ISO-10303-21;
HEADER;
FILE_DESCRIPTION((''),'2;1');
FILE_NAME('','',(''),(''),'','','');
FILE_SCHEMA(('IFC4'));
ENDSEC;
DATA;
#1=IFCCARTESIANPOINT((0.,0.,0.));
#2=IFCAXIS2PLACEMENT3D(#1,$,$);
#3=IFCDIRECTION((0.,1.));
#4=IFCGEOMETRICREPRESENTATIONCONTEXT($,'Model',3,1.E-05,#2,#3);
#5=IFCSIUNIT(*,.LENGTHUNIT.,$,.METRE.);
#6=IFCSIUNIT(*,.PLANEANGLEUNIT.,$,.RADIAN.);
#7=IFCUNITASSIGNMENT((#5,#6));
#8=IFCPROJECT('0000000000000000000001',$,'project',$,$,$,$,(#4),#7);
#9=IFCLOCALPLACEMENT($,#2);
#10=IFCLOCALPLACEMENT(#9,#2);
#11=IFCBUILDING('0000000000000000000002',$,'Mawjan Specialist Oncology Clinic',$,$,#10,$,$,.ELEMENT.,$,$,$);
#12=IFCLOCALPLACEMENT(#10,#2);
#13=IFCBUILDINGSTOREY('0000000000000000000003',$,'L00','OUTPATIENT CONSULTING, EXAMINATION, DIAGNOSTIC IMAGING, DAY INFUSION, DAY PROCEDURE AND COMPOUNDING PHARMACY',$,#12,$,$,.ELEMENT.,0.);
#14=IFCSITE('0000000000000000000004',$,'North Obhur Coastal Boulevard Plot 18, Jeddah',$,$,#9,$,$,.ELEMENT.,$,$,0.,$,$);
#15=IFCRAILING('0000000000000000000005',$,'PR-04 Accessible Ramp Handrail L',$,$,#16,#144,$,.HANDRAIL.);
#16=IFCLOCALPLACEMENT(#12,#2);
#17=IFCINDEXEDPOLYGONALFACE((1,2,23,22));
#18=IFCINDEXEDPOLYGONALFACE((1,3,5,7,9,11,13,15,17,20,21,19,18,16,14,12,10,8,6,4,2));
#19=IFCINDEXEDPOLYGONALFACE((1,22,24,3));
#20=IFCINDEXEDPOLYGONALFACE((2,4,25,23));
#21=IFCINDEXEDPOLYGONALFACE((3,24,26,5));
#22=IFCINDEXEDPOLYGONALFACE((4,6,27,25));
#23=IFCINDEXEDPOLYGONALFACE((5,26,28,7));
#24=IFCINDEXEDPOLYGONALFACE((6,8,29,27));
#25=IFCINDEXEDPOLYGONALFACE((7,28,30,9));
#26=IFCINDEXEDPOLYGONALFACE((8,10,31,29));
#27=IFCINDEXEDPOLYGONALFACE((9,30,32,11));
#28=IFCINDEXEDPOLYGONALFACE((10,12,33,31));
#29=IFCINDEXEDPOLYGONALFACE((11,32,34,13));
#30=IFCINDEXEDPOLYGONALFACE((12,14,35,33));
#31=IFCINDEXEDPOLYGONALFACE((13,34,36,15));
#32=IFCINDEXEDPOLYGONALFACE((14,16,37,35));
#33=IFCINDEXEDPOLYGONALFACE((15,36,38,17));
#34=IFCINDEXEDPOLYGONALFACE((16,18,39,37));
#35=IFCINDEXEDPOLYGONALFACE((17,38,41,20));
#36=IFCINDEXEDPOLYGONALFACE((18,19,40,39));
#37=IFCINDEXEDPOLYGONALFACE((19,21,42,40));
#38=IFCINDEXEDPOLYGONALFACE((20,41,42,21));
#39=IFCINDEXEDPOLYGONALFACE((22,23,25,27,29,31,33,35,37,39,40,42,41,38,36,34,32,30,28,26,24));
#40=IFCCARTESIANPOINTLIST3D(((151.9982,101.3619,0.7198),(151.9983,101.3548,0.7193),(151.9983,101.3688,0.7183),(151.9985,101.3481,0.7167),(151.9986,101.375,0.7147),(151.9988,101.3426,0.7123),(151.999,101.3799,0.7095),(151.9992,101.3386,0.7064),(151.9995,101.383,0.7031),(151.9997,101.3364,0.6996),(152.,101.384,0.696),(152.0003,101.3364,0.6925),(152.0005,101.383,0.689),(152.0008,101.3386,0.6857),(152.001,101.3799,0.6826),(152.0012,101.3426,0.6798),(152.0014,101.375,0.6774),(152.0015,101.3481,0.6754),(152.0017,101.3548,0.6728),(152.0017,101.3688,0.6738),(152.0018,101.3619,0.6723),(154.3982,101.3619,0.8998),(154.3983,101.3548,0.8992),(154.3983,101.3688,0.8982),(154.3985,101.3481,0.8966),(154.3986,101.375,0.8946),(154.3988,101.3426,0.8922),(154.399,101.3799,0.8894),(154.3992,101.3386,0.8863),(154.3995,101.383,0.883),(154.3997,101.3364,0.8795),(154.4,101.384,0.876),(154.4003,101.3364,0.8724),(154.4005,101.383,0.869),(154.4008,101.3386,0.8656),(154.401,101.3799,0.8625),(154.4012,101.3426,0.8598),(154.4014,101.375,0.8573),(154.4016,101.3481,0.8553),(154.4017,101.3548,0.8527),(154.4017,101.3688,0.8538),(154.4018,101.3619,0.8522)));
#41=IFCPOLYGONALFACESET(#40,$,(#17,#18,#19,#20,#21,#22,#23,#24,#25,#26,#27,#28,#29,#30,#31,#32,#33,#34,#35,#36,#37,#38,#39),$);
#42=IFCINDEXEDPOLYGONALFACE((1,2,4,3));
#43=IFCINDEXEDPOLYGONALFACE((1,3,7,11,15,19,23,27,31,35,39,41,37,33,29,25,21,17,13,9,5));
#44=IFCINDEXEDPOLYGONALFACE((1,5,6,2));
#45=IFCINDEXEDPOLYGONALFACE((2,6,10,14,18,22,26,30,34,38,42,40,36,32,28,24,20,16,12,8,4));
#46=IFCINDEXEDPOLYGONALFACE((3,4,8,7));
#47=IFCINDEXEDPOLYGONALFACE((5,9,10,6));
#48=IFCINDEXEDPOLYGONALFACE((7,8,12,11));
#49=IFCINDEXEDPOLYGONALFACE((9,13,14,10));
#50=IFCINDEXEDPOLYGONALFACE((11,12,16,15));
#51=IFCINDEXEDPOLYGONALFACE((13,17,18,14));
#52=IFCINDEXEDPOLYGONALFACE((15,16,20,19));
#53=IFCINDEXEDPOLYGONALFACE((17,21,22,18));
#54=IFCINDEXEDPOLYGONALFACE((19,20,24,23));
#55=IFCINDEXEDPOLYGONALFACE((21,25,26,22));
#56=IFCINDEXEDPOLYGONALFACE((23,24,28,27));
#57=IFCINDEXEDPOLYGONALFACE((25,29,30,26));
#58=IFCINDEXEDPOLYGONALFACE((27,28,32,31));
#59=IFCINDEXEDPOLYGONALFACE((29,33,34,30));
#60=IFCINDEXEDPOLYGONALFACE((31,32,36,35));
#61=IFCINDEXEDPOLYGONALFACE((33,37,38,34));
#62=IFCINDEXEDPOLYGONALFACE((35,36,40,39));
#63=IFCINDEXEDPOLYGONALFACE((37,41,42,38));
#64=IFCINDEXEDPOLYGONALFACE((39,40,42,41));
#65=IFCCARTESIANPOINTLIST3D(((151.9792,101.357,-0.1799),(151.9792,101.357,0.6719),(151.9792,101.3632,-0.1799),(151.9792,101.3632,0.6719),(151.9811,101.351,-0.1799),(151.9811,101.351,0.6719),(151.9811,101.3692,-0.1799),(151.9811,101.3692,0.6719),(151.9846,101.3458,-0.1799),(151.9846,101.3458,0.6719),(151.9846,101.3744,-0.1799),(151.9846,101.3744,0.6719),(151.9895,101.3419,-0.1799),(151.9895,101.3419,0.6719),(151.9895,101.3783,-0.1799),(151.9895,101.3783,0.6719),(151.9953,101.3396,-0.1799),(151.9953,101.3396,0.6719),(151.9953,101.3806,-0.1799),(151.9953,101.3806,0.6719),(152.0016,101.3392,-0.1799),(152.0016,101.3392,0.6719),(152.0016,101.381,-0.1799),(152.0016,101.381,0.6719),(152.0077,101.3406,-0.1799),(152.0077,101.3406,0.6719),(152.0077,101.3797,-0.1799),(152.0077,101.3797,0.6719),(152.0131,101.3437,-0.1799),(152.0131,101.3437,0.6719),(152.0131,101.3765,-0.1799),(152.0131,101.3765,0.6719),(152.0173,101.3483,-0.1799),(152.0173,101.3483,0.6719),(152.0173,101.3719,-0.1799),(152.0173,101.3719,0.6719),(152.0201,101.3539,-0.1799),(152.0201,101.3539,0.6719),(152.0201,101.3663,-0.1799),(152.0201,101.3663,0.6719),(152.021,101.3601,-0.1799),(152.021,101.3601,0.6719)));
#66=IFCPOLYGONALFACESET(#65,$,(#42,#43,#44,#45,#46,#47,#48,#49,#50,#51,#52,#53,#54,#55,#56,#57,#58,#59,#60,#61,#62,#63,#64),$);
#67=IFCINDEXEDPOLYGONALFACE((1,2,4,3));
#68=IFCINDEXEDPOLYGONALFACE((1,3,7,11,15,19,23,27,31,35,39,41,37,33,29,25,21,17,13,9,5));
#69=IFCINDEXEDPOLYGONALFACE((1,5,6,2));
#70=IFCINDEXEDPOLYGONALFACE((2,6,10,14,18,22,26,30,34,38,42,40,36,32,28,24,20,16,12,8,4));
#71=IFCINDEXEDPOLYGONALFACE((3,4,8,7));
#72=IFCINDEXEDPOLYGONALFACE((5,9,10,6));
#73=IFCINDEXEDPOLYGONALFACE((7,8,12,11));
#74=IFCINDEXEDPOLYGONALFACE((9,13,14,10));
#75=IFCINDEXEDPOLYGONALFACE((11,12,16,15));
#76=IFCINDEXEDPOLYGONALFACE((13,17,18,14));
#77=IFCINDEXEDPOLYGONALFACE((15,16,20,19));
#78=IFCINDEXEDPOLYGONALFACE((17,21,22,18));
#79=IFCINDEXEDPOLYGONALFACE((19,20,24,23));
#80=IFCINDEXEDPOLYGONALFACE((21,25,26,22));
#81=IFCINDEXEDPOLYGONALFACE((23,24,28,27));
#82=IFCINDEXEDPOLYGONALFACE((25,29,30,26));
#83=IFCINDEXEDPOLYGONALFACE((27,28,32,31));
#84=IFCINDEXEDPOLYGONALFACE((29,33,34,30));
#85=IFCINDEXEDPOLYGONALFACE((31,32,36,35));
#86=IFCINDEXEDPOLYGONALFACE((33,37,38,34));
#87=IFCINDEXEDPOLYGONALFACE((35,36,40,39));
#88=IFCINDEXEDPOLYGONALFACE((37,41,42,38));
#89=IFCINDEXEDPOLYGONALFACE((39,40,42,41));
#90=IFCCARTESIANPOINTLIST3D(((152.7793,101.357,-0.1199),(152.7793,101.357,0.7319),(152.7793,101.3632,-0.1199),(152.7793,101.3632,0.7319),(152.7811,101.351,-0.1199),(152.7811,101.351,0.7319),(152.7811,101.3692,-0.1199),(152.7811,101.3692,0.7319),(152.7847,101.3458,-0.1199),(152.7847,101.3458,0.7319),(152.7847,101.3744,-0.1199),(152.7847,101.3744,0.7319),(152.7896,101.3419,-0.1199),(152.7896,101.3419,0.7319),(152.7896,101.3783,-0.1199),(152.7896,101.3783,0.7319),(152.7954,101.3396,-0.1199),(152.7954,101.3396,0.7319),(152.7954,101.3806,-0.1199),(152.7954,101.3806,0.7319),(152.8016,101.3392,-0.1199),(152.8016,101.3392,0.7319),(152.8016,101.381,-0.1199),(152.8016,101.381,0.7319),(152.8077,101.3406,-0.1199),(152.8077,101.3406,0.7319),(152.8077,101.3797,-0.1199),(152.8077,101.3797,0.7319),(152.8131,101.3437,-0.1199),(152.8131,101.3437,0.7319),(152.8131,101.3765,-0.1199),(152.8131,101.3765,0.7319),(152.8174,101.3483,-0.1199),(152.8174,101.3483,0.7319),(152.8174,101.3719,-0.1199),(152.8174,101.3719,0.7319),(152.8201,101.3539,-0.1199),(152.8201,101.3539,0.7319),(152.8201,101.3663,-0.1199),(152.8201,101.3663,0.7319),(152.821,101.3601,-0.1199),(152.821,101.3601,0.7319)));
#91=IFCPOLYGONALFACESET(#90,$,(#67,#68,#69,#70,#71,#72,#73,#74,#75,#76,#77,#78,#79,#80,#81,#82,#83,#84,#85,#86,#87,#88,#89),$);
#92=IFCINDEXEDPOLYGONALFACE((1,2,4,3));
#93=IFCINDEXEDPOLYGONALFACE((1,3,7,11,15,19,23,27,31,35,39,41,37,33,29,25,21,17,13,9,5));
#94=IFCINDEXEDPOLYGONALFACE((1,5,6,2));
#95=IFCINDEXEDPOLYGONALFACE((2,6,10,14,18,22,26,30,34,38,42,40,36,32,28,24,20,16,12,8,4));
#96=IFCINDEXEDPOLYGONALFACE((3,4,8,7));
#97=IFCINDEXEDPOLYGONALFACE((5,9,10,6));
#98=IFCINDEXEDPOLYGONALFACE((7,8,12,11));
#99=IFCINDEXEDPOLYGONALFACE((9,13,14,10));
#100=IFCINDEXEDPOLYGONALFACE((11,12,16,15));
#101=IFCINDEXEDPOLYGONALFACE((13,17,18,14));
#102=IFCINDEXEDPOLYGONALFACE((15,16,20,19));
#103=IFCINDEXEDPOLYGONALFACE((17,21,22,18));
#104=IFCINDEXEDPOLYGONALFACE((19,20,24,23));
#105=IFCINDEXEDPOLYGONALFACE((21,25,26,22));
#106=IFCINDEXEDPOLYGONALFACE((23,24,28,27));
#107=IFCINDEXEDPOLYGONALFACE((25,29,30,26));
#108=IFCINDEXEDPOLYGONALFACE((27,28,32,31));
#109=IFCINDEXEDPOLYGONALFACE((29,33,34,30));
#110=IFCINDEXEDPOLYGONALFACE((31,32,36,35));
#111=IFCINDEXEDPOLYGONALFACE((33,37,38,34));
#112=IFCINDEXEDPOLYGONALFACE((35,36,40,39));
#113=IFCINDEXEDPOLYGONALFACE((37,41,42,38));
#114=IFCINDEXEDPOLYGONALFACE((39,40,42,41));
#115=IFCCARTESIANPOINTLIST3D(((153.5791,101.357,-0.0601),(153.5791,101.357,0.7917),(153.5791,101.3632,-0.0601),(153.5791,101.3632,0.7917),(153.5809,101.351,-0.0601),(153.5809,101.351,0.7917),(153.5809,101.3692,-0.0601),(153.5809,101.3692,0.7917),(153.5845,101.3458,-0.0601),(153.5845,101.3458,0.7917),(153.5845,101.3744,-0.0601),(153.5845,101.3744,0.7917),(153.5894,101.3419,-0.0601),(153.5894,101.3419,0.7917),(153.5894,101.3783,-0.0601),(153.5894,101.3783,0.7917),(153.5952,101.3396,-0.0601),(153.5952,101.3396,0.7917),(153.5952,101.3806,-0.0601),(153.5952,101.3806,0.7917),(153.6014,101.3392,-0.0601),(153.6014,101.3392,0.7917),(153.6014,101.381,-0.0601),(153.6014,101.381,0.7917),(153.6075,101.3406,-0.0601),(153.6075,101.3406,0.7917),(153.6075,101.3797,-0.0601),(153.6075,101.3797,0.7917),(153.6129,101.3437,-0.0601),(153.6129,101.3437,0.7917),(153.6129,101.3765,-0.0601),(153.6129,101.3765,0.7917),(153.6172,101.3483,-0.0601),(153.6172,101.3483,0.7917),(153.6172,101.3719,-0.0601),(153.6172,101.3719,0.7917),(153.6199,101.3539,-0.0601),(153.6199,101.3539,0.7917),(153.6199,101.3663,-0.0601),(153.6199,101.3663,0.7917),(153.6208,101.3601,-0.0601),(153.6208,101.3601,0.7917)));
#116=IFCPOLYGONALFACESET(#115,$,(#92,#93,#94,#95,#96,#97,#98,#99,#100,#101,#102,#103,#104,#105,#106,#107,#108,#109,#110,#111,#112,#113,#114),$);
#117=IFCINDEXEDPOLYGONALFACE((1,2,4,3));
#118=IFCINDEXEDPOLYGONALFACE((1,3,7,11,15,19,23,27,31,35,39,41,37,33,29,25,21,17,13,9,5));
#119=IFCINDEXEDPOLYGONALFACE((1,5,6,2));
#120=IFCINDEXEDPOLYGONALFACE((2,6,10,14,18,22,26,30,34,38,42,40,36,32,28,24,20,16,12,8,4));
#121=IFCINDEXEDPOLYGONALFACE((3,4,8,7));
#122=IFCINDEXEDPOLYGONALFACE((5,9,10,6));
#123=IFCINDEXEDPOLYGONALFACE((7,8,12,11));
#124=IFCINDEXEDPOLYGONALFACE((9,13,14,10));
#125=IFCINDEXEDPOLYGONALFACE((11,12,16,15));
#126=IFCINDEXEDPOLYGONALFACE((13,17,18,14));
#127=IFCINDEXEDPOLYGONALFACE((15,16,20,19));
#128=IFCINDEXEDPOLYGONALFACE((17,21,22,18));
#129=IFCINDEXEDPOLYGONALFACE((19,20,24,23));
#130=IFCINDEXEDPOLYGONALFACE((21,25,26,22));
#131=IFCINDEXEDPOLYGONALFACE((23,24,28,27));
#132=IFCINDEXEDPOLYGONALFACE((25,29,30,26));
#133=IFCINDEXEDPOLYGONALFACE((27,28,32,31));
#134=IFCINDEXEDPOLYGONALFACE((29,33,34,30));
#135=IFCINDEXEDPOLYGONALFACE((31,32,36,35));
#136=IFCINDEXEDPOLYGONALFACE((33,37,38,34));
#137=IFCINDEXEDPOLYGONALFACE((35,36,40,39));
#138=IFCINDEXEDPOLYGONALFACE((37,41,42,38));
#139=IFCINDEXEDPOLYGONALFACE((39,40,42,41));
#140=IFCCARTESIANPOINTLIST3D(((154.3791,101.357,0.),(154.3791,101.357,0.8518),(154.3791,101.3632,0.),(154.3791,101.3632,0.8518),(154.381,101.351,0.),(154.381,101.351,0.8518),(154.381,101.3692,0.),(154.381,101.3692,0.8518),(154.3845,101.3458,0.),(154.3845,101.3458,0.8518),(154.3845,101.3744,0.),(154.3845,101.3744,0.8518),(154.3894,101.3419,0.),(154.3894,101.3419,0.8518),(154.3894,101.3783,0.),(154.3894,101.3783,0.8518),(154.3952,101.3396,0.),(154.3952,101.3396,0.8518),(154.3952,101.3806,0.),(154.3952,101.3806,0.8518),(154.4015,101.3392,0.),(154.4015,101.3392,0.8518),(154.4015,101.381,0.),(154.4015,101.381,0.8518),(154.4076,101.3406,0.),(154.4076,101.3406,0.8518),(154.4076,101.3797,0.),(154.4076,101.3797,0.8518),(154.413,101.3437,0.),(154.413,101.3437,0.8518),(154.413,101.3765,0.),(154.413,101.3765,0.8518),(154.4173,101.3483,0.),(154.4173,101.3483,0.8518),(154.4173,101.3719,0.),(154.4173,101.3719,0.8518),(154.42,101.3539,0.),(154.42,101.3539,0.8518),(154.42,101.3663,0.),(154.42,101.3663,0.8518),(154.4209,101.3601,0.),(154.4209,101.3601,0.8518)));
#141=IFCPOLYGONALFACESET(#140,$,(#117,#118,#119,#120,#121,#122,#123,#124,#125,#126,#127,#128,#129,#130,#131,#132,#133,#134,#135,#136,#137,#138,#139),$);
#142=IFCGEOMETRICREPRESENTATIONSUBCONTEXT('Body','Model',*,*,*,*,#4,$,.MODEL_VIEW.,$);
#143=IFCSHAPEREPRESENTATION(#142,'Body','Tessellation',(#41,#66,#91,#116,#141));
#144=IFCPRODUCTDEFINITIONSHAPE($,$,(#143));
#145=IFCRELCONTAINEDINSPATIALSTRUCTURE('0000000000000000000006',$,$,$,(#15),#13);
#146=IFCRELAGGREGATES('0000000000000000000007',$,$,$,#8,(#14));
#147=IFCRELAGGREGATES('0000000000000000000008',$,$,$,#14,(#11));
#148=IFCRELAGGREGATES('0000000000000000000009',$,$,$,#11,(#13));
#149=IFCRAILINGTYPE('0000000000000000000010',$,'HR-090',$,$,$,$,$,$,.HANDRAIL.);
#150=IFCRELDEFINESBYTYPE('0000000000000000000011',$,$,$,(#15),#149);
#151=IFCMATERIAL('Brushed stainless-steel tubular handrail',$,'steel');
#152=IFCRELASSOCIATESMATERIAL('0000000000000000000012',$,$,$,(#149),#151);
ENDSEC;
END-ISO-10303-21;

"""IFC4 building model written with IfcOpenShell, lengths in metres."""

from ifc_helpers import new_model, si_unit, direction, frame, origin, origin_2d, place, context, subcontext, project, spatial, circle, extrude, material, type_object, element, save


model = new_model("IFC4")

# Units and contexts
model_context = context("Model", 3, precision=1e-05, world=origin(), true_north=direction((0.0, 1.0)))
body_context = subcontext(model_context, "Body", "Model", "MODEL_VIEW")
ifc_project = project(units=[si_unit("LENGTHUNIT", "METRE"), si_unit("PLANEANGLEUNIT", "RADIAN")], contexts=[model_context])

# Site, building, storey
site_placement = place(None, origin())
site = spatial("IfcSite", under=ifc_project, at=site_placement, Name="North Obhur Coastal Boulevard Plot 18, Jeddah", CompositionType="ELEMENT", RefElevation=0.0)
building_placement = place(site_placement, origin())
building = spatial("IfcBuilding", under=site, at=building_placement, Name="Mawjan Specialist Oncology Clinic", CompositionType="ELEMENT")
storey_placement = place(building_placement, origin())
storey = spatial("IfcBuildingStorey", under=building, at=storey_placement, Name="L00", Description="OUTPATIENT CONSULTING, EXAMINATION, DIAGNOSTIC IMAGING, DAY INFUSION, DAY PROCEDURE AND COMPOUNDING PHARMACY", CompositionType="ELEMENT", Elevation=0.0)

# Railing
ifc_material_1 = material(Name="Brushed stainless-steel tubular handrail", Category="steel")
railing_type = type_object("IfcRailingType", Name="HR-090", PredefinedType="HANDRAIL", material=ifc_material_1)
for number, where, name in (
    (1, (152.0, 101.3601, -0.1799), "PR-04 Accessible Ramp Handrail L"),
):
    element("IfcRailing", number, at=place(storey_placement, frame(where)), inside=storey, type_object=railing_type, Name=name, PredefinedType="HANDRAIL", context=body_context, shape_type="SweptSolid", body=[
        extrude(circle(Radius=0.0239, at=origin_2d()), frame((0.0, 0.0, 0.876), z_axis=(0.997201, 0.0, 0.074765), x_axis=(0.0, 1.0, 0.0)), (0.0, 0.0, 1.0), 2.4067),
        extrude(circle(Radius=0.021, at=origin_2d()), origin(), (0.0, 0.0, 1.0), 0.8518),
        extrude(circle(Radius=0.021, at=origin_2d()), frame((0.8, 0.0, 0.0601)), (0.0, 0.0, 1.0), 0.8518),
        extrude(circle(Radius=0.021, at=origin_2d()), frame((1.5999, 0.0, 0.1199)), (0.0, 0.0, 1.0), 0.8518),
        extrude(circle(Radius=0.021, at=origin_2d()), frame((2.3999, 0.0, 0.1799)), (0.0, 0.0, 1.0), 0.8518),
    ])

save(model, "model.ifc")
